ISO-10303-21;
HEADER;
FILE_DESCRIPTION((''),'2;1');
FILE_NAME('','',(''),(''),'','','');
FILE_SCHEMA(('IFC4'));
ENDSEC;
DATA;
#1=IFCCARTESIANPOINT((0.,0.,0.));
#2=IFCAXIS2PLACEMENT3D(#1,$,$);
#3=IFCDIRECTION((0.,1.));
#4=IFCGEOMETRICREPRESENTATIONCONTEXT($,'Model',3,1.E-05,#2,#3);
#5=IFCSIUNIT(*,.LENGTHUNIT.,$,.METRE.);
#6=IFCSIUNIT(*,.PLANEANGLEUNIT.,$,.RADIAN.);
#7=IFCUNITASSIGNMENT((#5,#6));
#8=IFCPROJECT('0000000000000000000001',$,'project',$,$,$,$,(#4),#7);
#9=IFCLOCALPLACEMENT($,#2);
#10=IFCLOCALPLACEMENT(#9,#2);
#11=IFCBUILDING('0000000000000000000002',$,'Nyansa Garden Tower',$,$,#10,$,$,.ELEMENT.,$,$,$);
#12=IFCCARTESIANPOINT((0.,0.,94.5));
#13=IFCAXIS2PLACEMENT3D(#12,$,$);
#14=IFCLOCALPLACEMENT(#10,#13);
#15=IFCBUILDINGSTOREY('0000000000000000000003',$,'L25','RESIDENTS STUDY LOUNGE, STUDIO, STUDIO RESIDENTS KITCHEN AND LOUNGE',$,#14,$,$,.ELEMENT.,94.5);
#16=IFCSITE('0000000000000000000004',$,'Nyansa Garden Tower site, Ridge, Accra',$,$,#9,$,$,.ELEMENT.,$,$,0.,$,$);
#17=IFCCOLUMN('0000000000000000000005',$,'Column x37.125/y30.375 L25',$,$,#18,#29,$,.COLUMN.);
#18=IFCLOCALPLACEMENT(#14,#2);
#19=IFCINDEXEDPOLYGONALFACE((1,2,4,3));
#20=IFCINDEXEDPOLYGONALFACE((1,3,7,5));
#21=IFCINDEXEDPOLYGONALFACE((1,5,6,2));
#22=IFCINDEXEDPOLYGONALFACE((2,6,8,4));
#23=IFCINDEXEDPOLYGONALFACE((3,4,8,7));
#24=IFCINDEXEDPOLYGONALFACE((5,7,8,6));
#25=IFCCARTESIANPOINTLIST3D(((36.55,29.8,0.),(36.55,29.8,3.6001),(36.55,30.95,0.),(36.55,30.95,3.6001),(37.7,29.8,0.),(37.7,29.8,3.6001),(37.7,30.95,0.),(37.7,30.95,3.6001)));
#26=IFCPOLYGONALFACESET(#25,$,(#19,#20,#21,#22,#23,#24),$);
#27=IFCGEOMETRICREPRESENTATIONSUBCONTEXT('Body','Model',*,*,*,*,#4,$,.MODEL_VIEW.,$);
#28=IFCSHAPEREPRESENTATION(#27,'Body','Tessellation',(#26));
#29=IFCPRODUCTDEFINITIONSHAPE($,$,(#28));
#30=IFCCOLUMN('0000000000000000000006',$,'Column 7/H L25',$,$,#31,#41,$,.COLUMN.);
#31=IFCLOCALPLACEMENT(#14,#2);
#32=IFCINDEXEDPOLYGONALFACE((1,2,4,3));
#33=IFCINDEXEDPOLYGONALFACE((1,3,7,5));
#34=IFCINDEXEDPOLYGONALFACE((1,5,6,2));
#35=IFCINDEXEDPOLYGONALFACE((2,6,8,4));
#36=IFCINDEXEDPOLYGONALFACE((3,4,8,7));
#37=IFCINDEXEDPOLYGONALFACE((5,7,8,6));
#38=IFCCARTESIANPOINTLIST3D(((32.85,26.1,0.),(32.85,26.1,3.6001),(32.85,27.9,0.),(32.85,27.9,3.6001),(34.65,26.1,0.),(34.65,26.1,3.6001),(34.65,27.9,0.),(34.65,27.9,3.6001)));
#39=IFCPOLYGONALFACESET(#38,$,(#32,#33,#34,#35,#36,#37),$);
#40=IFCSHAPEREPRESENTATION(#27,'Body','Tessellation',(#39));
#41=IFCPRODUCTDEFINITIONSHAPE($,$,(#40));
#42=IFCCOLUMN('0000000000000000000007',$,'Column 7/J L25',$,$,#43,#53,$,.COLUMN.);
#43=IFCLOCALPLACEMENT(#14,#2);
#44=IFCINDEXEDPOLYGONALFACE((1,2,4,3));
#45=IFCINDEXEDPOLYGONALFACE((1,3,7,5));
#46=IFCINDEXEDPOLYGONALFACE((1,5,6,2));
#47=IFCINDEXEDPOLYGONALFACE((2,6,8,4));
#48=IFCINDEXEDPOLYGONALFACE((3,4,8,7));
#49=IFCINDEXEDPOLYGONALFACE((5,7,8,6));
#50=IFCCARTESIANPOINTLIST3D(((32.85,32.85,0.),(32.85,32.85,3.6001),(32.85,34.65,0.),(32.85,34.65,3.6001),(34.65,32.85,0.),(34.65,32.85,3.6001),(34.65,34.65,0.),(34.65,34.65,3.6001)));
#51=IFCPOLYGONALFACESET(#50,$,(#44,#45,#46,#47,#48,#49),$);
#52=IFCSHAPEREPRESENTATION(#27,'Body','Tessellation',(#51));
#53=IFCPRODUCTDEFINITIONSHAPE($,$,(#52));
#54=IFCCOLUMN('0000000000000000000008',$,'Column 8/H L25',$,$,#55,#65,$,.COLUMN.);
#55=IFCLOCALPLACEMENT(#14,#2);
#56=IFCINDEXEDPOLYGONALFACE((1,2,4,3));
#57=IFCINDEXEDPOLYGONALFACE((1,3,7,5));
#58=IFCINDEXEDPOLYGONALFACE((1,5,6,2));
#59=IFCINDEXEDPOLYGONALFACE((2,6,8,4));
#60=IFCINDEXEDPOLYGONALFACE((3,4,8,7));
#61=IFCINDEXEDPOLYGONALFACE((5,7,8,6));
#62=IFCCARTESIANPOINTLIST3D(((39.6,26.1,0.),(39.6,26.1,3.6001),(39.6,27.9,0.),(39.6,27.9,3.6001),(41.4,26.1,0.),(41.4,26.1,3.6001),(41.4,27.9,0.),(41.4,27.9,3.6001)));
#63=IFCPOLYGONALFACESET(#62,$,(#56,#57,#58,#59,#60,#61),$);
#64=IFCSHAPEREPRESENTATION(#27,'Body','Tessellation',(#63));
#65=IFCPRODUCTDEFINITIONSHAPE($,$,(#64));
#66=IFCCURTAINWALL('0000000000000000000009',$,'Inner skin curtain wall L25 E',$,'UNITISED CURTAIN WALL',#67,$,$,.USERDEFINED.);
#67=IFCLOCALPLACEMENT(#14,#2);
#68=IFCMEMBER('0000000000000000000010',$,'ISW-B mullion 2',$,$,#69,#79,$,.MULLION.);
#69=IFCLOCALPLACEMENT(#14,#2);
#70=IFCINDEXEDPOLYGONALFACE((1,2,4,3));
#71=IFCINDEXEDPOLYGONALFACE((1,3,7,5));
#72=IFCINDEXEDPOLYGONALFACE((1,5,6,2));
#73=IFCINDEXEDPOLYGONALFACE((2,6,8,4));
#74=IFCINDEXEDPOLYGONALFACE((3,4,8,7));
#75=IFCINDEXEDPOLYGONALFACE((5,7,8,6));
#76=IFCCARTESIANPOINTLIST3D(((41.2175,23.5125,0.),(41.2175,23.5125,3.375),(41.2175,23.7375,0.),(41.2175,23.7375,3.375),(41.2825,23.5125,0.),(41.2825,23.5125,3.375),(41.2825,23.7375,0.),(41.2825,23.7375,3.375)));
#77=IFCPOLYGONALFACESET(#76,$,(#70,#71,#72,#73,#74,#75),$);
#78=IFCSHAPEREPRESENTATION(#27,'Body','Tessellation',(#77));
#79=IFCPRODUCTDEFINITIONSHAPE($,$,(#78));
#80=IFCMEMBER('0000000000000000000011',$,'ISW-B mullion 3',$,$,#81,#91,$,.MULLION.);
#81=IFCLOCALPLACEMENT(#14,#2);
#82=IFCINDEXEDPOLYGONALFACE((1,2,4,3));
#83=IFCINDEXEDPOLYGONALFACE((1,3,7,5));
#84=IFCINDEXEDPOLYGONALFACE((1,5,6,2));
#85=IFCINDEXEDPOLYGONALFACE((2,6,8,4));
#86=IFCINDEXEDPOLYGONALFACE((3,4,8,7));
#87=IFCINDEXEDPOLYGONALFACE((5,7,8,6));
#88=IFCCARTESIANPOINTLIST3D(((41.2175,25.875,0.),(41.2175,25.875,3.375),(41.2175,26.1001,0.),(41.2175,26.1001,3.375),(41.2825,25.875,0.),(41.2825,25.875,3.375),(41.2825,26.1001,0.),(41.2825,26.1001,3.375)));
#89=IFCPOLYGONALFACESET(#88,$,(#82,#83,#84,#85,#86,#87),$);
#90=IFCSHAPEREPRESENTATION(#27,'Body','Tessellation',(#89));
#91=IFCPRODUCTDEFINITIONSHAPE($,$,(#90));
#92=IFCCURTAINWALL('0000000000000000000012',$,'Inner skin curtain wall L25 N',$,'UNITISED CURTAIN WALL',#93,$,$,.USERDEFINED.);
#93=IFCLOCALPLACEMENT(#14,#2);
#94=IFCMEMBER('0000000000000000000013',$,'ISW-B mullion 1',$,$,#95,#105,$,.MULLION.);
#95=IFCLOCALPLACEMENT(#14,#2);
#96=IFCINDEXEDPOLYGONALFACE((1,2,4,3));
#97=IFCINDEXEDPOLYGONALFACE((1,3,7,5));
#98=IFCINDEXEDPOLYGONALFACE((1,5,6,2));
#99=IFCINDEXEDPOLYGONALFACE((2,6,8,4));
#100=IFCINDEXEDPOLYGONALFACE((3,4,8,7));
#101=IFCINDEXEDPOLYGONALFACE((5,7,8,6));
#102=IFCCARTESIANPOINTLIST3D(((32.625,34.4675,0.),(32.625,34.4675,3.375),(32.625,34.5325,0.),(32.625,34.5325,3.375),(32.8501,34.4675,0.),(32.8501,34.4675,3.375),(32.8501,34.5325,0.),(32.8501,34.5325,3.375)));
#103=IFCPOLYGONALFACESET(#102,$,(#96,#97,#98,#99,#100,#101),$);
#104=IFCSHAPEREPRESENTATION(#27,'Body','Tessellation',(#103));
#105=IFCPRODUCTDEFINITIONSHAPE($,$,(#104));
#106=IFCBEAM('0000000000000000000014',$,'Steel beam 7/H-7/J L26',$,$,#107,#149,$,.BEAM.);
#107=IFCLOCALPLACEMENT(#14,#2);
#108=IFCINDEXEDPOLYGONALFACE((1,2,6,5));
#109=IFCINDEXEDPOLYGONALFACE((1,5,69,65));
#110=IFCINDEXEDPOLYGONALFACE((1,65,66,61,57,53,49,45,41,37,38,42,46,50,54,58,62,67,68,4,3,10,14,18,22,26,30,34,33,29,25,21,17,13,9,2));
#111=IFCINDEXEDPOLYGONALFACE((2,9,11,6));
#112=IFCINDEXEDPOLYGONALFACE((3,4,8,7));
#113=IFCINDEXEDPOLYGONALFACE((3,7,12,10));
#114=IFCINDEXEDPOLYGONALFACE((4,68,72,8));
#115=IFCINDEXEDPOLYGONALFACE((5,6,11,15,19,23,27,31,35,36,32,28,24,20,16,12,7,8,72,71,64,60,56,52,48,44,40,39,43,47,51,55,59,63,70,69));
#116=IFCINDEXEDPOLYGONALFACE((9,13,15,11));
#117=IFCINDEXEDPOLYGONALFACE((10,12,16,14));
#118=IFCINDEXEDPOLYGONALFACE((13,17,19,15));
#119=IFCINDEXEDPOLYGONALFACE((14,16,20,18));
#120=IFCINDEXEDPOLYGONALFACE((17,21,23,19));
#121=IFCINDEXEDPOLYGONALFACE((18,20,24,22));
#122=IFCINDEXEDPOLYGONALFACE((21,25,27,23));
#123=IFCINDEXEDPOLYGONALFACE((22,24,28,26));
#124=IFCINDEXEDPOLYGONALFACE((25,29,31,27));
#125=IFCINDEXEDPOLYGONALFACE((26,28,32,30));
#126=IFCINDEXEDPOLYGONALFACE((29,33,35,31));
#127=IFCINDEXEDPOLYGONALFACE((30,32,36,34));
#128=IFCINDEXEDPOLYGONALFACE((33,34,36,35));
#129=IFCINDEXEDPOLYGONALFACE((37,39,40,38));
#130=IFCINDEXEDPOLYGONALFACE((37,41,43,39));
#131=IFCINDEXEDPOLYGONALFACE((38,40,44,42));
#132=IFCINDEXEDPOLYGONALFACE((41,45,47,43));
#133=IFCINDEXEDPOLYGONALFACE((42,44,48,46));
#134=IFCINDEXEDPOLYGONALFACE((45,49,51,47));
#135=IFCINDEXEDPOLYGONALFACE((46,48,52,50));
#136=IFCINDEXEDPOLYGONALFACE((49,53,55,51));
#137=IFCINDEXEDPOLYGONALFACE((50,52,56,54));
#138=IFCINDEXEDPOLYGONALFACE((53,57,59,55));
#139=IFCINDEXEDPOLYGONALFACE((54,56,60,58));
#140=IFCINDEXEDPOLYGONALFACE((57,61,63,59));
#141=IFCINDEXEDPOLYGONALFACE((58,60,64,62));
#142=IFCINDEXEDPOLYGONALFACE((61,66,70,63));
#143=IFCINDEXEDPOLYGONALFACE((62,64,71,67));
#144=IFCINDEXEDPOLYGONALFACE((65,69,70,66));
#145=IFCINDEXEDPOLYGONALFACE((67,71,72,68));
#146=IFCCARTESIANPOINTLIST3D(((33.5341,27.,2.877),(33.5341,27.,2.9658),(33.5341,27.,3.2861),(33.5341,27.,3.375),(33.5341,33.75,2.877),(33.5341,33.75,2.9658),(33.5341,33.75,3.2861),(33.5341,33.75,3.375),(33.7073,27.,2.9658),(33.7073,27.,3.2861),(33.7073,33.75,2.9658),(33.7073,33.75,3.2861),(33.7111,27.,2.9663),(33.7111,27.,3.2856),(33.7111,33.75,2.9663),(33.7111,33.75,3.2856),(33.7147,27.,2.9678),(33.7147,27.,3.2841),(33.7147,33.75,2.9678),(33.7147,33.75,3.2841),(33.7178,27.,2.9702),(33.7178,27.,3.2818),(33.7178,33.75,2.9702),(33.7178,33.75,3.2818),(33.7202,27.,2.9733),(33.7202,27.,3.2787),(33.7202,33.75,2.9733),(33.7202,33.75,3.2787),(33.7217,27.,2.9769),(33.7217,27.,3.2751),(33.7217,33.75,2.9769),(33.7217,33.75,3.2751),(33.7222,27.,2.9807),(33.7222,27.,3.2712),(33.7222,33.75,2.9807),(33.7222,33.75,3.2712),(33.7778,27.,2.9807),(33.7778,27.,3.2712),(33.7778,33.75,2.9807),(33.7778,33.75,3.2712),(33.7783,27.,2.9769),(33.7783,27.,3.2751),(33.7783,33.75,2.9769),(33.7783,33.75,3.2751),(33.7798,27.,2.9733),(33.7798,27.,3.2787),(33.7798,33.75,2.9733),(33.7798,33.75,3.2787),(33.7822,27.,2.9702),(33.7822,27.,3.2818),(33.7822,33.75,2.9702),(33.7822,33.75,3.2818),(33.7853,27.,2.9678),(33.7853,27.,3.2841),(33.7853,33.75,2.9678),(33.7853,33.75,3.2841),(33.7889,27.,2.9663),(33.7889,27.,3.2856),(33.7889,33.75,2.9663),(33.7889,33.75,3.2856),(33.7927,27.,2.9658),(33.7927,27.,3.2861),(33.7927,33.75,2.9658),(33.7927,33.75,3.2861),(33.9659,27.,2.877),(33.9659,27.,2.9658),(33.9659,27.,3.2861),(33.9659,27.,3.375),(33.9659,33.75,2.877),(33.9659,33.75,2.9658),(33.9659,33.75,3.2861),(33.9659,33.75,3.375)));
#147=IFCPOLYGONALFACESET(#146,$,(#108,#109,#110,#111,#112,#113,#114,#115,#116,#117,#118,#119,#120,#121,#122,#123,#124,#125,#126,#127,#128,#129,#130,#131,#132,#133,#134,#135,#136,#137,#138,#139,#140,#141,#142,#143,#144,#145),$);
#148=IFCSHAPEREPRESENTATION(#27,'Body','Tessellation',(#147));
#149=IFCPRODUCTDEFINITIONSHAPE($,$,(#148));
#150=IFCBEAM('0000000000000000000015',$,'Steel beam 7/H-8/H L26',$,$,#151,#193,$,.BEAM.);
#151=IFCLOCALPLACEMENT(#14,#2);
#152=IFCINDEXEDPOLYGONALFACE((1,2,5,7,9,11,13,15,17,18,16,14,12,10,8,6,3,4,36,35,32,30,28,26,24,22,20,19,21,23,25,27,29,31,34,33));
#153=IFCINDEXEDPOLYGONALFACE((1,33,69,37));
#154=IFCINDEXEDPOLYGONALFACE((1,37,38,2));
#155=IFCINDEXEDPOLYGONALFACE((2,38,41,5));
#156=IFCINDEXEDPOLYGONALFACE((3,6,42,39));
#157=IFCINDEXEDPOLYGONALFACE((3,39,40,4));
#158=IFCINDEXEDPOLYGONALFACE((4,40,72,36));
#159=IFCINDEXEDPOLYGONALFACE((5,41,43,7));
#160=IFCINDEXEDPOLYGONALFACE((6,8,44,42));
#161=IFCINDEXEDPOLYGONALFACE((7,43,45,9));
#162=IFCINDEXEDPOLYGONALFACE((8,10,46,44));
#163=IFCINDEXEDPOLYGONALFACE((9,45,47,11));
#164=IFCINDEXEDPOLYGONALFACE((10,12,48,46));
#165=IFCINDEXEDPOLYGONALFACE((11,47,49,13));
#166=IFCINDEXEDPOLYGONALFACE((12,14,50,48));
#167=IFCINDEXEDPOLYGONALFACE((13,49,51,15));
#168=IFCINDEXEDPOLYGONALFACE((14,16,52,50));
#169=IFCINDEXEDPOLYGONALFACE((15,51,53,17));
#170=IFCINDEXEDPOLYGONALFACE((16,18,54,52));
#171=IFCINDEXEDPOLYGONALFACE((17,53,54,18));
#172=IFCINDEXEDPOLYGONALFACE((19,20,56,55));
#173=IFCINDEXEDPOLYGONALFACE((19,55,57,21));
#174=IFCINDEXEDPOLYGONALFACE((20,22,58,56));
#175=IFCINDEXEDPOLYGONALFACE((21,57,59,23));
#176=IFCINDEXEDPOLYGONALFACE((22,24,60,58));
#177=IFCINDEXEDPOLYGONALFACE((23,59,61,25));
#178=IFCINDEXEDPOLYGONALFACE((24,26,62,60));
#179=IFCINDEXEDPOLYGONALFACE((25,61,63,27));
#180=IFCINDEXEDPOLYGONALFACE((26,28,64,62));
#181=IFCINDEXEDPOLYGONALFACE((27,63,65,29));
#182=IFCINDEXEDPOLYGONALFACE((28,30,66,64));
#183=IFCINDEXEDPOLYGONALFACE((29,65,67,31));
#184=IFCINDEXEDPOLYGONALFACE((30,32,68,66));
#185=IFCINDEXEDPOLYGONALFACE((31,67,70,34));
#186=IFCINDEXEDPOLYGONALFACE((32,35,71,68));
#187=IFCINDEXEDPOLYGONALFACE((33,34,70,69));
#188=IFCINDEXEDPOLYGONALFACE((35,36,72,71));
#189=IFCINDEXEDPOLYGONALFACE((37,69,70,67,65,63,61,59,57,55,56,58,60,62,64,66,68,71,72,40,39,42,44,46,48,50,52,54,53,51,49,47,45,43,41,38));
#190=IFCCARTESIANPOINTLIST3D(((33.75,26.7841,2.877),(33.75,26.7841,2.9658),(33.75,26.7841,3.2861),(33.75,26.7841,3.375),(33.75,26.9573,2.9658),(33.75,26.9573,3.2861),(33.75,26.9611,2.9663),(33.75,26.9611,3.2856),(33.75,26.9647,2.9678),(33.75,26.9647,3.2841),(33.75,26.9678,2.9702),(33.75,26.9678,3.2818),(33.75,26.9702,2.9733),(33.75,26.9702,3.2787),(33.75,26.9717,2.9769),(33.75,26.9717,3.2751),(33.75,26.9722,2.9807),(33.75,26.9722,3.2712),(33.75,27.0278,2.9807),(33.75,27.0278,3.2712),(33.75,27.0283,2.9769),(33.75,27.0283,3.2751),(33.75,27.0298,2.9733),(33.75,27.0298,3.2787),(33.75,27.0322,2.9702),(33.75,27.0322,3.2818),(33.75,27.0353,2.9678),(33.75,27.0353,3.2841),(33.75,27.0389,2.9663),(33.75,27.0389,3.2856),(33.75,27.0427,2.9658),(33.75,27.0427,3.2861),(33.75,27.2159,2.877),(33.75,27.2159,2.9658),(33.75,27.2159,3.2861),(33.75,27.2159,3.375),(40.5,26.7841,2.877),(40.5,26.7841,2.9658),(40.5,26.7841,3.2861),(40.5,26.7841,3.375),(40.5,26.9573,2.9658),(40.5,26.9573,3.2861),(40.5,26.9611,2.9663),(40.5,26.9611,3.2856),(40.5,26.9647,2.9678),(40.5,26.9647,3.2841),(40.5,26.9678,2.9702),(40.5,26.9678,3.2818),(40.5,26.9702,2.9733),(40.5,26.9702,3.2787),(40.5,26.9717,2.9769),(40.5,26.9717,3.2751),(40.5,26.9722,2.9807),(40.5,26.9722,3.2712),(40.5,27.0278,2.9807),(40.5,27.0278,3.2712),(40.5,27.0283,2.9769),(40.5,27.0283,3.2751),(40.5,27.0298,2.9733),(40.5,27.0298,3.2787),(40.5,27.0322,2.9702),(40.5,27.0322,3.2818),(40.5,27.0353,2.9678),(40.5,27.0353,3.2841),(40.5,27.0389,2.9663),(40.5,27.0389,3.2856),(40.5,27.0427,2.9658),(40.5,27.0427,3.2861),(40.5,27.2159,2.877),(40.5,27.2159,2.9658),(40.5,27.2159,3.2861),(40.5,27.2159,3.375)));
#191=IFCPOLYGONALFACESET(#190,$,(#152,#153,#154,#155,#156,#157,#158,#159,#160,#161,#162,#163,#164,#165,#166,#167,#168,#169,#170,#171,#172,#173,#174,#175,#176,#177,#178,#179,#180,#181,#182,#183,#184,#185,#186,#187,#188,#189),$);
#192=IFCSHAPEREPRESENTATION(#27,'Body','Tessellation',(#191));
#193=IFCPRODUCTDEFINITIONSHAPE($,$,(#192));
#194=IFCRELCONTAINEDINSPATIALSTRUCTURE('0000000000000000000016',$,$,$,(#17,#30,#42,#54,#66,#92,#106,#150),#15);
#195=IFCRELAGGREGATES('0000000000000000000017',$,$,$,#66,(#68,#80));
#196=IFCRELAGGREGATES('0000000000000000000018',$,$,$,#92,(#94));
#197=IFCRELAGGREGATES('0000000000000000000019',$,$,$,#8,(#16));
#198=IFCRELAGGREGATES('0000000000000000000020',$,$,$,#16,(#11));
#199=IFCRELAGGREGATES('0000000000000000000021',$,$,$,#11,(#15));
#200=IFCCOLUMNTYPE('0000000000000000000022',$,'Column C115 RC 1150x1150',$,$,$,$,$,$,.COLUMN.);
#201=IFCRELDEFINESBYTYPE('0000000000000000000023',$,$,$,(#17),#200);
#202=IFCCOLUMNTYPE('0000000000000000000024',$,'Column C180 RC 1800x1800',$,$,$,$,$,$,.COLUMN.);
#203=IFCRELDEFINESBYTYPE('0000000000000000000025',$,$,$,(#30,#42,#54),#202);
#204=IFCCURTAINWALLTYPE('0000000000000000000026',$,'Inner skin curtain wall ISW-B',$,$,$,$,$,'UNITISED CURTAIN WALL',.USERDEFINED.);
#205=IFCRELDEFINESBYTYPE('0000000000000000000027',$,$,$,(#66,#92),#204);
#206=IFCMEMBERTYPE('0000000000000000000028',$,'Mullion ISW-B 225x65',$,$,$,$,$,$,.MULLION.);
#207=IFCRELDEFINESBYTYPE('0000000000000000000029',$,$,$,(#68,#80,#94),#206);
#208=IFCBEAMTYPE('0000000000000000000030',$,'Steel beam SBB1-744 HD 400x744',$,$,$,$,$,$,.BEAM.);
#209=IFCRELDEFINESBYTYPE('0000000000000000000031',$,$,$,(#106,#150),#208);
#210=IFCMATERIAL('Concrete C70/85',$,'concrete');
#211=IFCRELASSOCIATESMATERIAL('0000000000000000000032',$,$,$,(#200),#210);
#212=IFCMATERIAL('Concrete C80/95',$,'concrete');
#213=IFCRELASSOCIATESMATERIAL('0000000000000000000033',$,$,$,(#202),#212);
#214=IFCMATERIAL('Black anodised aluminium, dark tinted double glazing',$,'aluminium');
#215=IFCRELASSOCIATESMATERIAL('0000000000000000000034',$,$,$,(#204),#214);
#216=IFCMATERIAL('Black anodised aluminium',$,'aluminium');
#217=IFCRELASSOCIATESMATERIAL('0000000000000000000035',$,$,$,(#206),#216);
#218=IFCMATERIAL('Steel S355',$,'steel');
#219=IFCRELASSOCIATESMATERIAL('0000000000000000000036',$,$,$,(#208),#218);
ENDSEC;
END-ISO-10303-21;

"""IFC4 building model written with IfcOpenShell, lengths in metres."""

from ifc_helpers import new_model, si_unit, direction, frame, origin, origin_2d, place, context, subcontext, project, spatial, rectangle, i_section, extrude, material, material_profile, profile_set, type_object, element, aggregate, save


model = new_model("IFC4")

# Units and contexts
model_context = context("Model", 3, precision=1e-05, world=origin(), true_north=direction((0.0, 1.0)))
body_context = subcontext(model_context, "Body", "Model", "MODEL_VIEW")
ifc_project = project(units=[si_unit("LENGTHUNIT", "METRE"), si_unit("PLANEANGLEUNIT", "RADIAN")], contexts=[model_context])

# Site, building, storey
site_placement = place(None, origin())
site = spatial("IfcSite", under=ifc_project, at=site_placement, Name="Nyansa Garden Tower site, Ridge, Accra", CompositionType="ELEMENT", RefElevation=0.0)
building_placement = place(site_placement, origin())
building = spatial("IfcBuilding", under=site, at=building_placement, Name="Nyansa Garden Tower", CompositionType="ELEMENT")
storey_placement = place(building_placement, frame((0.0, 0.0, 94.5)))
storey = spatial("IfcBuildingStorey", under=building, at=storey_placement, Name="L25", Description="RESIDENTS STUDY LOUNGE, STUDIO, STUDIO RESIDENTS KITCHEN AND LOUNGE", CompositionType="ELEMENT", Elevation=94.5)

# Columns
ifc_material_1 = material(Name="Concrete C70/85", Category="concrete")
ifc_material_profile_1 = material_profile(ifc_material_1, rectangle(XDim=1.1499, YDim=1.1499, at=origin_2d()), Name="RC 1150x1150")
ifc_profile_set_1 = profile_set([ifc_material_profile_1], Name="Concrete C70/85")
column_type_1 = type_object("IfcColumnType", Name="Column C115 RC 1150x1150", PredefinedType="COLUMN", material=ifc_profile_set_1)
column_placement = place(storey_placement, frame((37.125, 30.375, 0.0), z_axis=(0.0, 0.0, 1.0), x_axis=(1.0, 0.0, 0.0)))
element("IfcColumn", 1, at=column_placement, inside=storey, type_object=column_type_1, Name="Column x37.125/y30.375 L25", PredefinedType="COLUMN", context=body_context, shape_type="SweptSolid", body=[
    extrude(rectangle(XDim=1.1499, YDim=1.1499, at=origin_2d()), origin(), (0.0, 0.0, 1.0), 3.6001),
])
ifc_material_2 = material(Name="Concrete C80/95", Category="concrete")
ifc_material_profile_2 = material_profile(ifc_material_2, rectangle(XDim=1.8, YDim=1.8, at=origin_2d()), Name="RC 1800x1800")
ifc_profile_set_2 = profile_set([ifc_material_profile_2], Name="Concrete C80/95")
column_type_2 = type_object("IfcColumnType", Name="Column C180 RC 1800x1800", PredefinedType="COLUMN", material=ifc_profile_set_2)
for number, where, z_axis, x_axis, name in (
    (2, (33.75, 27.0, 0.0), (0.0, 0.0, 1.0), (1.0, 0.0, 0.0), "Column 7/H L25"),
    (3, (33.75, 33.75, 0.0), (0.0, 0.0, 1.0), (1.0, 0.0, 0.0), "Column 7/J L25"),
    (4, (40.5, 27.0, 0.0), (0.0, 0.0, 1.0), (1.0, 0.0, 0.0), "Column 8/H L25"),
):
    element("IfcColumn", number, at=place(storey_placement, frame(where, z_axis=z_axis, x_axis=x_axis)), inside=storey, type_object=column_type_2, Name=name, PredefinedType="COLUMN", context=body_context, shape_type="SweptSolid", body=[
        extrude(rectangle(XDim=1.8, YDim=1.8, at=origin_2d()), origin(), (0.0, 0.0, 1.0), 3.6001),
    ])

# Curtain wall, members
ifc_material_3 = material(Name="Black anodised aluminium, dark tinted double glazing", Category="aluminium")
curtain_wall_type = type_object("IfcCurtainWallType", Name="Inner skin curtain wall ISW-B", ElementType="UNITISED CURTAIN WALL", PredefinedType="USERDEFINED", material=ifc_material_3)
curtain_wall_1_placement = place(storey_placement, origin())
curtain_wall_1 = element("IfcCurtainWall", 5, at=curtain_wall_1_placement, inside=storey, type_object=curtain_wall_type, Name="Inner skin curtain wall L25 E", ObjectType="UNITISED CURTAIN WALL", PredefinedType="USERDEFINED")
ifc_material_4 = material(Name="Black anodised aluminium", Category="aluminium")
ifc_material_profile_3 = material_profile(ifc_material_4, rectangle(XDim=0.0649, YDim=0.2251, at=origin_2d()), Name="Mullion 225x65")
ifc_profile_set_3 = profile_set([ifc_material_profile_3], Name="Black anodised aluminium")
member_type_1 = type_object("IfcMemberType", Name="Mullion ISW-B 225x65", PredefinedType="MULLION", material=ifc_profile_set_3)
member_1_placement = place(storey_placement, frame((41.25, 23.625, 0.0), z_axis=(0.0, 0.0, 1.0), x_axis=(-1.0, 0.0, 0.0)))
member_1 = element("IfcMember", 6, at=member_1_placement, type_object=member_type_1, Name="ISW-B mullion 2", PredefinedType="MULLION", context=body_context, shape_type="SweptSolid", body=[
    extrude(rectangle(XDim=0.0649, YDim=0.2251, at=origin_2d()), origin(), (0.0, 0.0, 1.0), 3.375),
])
member_2_placement = place(storey_placement, frame((41.25, 25.9875, 0.0), z_axis=(0.0, 0.0, 1.0), x_axis=(-1.0, 0.0, 0.0)))
member_2 = element("IfcMember", 7, at=member_2_placement, type_object=member_type_1, Name="ISW-B mullion 3", PredefinedType="MULLION", context=body_context, shape_type="SweptSolid", body=[
    extrude(rectangle(XDim=0.0649, YDim=0.2251, at=origin_2d()), origin(), (0.0, 0.0, 1.0), 3.375),
])

# Curtain wall, member
curtain_wall_2_placement = place(storey_placement, origin())
curtain_wall_2 = element("IfcCurtainWall", 8, at=curtain_wall_2_placement, inside=storey, type_object=curtain_wall_type, Name="Inner skin curtain wall L25 N", ObjectType="UNITISED CURTAIN WALL", PredefinedType="USERDEFINED")
member_3_placement = place(storey_placement, frame((32.7375, 34.5, 0.0), z_axis=(0.0, 0.0, 1.0), x_axis=(0.0, -1.0, 0.0)))
member_3 = element("IfcMember", 9, at=member_3_placement, type_object=member_type_1, Name="ISW-B mullion 1", PredefinedType="MULLION", context=body_context, shape_type="SweptSolid", body=[
    extrude(rectangle(XDim=0.0649, YDim=0.2251, at=origin_2d()), origin(), (0.0, 0.0, 1.0), 3.375),
])

# Beams
ifc_material_5 = material(Name="Steel S355", Category="steel")
ifc_material_profile_4 = material_profile(ifc_material_5, i_section(OverallWidth=0.4319, OverallDepth=0.498, WebThickness=0.0557, FlangeThickness=0.0889, FilletRadius=0.0149, at=origin_2d()), Name="HD 400x744")
ifc_profile_set_4 = profile_set([ifc_material_profile_4], Name="Steel S355")
beam_type_1 = type_object("IfcBeamType", Name="Steel beam SBB1-744 HD 400x744", PredefinedType="BEAM", material=ifc_profile_set_4)
for number, where, z_axis, x_axis, name in (
    (10, (33.75, 27.0, 3.126), (0.0, 1.0, 0.0), (-1.0, 0.0, 0.0), "Steel beam 7/H-7/J L26"),
    (11, (33.75, 27.0, 3.126), (1.0, 0.0, 0.0), (0.0, 1.0, 0.0), "Steel beam 7/H-8/H L26"),
):
    element("IfcBeam", number, at=place(storey_placement, frame(where, z_axis=z_axis, x_axis=x_axis)), inside=storey, type_object=beam_type_1, Name=name, PredefinedType="BEAM", context=body_context, shape_type="SweptSolid", body=[
        extrude(i_section(OverallWidth=0.4319, OverallDepth=0.498, WebThickness=0.0557, FlangeThickness=0.0889, FilletRadius=0.0149, at=origin_2d()), origin(), (0.0, 0.0, 1.0), 6.75),
    ])

aggregate(curtain_wall_1, [member_1, member_2])
aggregate(curtain_wall_2, [member_3])

save(model, "model.ifc")
